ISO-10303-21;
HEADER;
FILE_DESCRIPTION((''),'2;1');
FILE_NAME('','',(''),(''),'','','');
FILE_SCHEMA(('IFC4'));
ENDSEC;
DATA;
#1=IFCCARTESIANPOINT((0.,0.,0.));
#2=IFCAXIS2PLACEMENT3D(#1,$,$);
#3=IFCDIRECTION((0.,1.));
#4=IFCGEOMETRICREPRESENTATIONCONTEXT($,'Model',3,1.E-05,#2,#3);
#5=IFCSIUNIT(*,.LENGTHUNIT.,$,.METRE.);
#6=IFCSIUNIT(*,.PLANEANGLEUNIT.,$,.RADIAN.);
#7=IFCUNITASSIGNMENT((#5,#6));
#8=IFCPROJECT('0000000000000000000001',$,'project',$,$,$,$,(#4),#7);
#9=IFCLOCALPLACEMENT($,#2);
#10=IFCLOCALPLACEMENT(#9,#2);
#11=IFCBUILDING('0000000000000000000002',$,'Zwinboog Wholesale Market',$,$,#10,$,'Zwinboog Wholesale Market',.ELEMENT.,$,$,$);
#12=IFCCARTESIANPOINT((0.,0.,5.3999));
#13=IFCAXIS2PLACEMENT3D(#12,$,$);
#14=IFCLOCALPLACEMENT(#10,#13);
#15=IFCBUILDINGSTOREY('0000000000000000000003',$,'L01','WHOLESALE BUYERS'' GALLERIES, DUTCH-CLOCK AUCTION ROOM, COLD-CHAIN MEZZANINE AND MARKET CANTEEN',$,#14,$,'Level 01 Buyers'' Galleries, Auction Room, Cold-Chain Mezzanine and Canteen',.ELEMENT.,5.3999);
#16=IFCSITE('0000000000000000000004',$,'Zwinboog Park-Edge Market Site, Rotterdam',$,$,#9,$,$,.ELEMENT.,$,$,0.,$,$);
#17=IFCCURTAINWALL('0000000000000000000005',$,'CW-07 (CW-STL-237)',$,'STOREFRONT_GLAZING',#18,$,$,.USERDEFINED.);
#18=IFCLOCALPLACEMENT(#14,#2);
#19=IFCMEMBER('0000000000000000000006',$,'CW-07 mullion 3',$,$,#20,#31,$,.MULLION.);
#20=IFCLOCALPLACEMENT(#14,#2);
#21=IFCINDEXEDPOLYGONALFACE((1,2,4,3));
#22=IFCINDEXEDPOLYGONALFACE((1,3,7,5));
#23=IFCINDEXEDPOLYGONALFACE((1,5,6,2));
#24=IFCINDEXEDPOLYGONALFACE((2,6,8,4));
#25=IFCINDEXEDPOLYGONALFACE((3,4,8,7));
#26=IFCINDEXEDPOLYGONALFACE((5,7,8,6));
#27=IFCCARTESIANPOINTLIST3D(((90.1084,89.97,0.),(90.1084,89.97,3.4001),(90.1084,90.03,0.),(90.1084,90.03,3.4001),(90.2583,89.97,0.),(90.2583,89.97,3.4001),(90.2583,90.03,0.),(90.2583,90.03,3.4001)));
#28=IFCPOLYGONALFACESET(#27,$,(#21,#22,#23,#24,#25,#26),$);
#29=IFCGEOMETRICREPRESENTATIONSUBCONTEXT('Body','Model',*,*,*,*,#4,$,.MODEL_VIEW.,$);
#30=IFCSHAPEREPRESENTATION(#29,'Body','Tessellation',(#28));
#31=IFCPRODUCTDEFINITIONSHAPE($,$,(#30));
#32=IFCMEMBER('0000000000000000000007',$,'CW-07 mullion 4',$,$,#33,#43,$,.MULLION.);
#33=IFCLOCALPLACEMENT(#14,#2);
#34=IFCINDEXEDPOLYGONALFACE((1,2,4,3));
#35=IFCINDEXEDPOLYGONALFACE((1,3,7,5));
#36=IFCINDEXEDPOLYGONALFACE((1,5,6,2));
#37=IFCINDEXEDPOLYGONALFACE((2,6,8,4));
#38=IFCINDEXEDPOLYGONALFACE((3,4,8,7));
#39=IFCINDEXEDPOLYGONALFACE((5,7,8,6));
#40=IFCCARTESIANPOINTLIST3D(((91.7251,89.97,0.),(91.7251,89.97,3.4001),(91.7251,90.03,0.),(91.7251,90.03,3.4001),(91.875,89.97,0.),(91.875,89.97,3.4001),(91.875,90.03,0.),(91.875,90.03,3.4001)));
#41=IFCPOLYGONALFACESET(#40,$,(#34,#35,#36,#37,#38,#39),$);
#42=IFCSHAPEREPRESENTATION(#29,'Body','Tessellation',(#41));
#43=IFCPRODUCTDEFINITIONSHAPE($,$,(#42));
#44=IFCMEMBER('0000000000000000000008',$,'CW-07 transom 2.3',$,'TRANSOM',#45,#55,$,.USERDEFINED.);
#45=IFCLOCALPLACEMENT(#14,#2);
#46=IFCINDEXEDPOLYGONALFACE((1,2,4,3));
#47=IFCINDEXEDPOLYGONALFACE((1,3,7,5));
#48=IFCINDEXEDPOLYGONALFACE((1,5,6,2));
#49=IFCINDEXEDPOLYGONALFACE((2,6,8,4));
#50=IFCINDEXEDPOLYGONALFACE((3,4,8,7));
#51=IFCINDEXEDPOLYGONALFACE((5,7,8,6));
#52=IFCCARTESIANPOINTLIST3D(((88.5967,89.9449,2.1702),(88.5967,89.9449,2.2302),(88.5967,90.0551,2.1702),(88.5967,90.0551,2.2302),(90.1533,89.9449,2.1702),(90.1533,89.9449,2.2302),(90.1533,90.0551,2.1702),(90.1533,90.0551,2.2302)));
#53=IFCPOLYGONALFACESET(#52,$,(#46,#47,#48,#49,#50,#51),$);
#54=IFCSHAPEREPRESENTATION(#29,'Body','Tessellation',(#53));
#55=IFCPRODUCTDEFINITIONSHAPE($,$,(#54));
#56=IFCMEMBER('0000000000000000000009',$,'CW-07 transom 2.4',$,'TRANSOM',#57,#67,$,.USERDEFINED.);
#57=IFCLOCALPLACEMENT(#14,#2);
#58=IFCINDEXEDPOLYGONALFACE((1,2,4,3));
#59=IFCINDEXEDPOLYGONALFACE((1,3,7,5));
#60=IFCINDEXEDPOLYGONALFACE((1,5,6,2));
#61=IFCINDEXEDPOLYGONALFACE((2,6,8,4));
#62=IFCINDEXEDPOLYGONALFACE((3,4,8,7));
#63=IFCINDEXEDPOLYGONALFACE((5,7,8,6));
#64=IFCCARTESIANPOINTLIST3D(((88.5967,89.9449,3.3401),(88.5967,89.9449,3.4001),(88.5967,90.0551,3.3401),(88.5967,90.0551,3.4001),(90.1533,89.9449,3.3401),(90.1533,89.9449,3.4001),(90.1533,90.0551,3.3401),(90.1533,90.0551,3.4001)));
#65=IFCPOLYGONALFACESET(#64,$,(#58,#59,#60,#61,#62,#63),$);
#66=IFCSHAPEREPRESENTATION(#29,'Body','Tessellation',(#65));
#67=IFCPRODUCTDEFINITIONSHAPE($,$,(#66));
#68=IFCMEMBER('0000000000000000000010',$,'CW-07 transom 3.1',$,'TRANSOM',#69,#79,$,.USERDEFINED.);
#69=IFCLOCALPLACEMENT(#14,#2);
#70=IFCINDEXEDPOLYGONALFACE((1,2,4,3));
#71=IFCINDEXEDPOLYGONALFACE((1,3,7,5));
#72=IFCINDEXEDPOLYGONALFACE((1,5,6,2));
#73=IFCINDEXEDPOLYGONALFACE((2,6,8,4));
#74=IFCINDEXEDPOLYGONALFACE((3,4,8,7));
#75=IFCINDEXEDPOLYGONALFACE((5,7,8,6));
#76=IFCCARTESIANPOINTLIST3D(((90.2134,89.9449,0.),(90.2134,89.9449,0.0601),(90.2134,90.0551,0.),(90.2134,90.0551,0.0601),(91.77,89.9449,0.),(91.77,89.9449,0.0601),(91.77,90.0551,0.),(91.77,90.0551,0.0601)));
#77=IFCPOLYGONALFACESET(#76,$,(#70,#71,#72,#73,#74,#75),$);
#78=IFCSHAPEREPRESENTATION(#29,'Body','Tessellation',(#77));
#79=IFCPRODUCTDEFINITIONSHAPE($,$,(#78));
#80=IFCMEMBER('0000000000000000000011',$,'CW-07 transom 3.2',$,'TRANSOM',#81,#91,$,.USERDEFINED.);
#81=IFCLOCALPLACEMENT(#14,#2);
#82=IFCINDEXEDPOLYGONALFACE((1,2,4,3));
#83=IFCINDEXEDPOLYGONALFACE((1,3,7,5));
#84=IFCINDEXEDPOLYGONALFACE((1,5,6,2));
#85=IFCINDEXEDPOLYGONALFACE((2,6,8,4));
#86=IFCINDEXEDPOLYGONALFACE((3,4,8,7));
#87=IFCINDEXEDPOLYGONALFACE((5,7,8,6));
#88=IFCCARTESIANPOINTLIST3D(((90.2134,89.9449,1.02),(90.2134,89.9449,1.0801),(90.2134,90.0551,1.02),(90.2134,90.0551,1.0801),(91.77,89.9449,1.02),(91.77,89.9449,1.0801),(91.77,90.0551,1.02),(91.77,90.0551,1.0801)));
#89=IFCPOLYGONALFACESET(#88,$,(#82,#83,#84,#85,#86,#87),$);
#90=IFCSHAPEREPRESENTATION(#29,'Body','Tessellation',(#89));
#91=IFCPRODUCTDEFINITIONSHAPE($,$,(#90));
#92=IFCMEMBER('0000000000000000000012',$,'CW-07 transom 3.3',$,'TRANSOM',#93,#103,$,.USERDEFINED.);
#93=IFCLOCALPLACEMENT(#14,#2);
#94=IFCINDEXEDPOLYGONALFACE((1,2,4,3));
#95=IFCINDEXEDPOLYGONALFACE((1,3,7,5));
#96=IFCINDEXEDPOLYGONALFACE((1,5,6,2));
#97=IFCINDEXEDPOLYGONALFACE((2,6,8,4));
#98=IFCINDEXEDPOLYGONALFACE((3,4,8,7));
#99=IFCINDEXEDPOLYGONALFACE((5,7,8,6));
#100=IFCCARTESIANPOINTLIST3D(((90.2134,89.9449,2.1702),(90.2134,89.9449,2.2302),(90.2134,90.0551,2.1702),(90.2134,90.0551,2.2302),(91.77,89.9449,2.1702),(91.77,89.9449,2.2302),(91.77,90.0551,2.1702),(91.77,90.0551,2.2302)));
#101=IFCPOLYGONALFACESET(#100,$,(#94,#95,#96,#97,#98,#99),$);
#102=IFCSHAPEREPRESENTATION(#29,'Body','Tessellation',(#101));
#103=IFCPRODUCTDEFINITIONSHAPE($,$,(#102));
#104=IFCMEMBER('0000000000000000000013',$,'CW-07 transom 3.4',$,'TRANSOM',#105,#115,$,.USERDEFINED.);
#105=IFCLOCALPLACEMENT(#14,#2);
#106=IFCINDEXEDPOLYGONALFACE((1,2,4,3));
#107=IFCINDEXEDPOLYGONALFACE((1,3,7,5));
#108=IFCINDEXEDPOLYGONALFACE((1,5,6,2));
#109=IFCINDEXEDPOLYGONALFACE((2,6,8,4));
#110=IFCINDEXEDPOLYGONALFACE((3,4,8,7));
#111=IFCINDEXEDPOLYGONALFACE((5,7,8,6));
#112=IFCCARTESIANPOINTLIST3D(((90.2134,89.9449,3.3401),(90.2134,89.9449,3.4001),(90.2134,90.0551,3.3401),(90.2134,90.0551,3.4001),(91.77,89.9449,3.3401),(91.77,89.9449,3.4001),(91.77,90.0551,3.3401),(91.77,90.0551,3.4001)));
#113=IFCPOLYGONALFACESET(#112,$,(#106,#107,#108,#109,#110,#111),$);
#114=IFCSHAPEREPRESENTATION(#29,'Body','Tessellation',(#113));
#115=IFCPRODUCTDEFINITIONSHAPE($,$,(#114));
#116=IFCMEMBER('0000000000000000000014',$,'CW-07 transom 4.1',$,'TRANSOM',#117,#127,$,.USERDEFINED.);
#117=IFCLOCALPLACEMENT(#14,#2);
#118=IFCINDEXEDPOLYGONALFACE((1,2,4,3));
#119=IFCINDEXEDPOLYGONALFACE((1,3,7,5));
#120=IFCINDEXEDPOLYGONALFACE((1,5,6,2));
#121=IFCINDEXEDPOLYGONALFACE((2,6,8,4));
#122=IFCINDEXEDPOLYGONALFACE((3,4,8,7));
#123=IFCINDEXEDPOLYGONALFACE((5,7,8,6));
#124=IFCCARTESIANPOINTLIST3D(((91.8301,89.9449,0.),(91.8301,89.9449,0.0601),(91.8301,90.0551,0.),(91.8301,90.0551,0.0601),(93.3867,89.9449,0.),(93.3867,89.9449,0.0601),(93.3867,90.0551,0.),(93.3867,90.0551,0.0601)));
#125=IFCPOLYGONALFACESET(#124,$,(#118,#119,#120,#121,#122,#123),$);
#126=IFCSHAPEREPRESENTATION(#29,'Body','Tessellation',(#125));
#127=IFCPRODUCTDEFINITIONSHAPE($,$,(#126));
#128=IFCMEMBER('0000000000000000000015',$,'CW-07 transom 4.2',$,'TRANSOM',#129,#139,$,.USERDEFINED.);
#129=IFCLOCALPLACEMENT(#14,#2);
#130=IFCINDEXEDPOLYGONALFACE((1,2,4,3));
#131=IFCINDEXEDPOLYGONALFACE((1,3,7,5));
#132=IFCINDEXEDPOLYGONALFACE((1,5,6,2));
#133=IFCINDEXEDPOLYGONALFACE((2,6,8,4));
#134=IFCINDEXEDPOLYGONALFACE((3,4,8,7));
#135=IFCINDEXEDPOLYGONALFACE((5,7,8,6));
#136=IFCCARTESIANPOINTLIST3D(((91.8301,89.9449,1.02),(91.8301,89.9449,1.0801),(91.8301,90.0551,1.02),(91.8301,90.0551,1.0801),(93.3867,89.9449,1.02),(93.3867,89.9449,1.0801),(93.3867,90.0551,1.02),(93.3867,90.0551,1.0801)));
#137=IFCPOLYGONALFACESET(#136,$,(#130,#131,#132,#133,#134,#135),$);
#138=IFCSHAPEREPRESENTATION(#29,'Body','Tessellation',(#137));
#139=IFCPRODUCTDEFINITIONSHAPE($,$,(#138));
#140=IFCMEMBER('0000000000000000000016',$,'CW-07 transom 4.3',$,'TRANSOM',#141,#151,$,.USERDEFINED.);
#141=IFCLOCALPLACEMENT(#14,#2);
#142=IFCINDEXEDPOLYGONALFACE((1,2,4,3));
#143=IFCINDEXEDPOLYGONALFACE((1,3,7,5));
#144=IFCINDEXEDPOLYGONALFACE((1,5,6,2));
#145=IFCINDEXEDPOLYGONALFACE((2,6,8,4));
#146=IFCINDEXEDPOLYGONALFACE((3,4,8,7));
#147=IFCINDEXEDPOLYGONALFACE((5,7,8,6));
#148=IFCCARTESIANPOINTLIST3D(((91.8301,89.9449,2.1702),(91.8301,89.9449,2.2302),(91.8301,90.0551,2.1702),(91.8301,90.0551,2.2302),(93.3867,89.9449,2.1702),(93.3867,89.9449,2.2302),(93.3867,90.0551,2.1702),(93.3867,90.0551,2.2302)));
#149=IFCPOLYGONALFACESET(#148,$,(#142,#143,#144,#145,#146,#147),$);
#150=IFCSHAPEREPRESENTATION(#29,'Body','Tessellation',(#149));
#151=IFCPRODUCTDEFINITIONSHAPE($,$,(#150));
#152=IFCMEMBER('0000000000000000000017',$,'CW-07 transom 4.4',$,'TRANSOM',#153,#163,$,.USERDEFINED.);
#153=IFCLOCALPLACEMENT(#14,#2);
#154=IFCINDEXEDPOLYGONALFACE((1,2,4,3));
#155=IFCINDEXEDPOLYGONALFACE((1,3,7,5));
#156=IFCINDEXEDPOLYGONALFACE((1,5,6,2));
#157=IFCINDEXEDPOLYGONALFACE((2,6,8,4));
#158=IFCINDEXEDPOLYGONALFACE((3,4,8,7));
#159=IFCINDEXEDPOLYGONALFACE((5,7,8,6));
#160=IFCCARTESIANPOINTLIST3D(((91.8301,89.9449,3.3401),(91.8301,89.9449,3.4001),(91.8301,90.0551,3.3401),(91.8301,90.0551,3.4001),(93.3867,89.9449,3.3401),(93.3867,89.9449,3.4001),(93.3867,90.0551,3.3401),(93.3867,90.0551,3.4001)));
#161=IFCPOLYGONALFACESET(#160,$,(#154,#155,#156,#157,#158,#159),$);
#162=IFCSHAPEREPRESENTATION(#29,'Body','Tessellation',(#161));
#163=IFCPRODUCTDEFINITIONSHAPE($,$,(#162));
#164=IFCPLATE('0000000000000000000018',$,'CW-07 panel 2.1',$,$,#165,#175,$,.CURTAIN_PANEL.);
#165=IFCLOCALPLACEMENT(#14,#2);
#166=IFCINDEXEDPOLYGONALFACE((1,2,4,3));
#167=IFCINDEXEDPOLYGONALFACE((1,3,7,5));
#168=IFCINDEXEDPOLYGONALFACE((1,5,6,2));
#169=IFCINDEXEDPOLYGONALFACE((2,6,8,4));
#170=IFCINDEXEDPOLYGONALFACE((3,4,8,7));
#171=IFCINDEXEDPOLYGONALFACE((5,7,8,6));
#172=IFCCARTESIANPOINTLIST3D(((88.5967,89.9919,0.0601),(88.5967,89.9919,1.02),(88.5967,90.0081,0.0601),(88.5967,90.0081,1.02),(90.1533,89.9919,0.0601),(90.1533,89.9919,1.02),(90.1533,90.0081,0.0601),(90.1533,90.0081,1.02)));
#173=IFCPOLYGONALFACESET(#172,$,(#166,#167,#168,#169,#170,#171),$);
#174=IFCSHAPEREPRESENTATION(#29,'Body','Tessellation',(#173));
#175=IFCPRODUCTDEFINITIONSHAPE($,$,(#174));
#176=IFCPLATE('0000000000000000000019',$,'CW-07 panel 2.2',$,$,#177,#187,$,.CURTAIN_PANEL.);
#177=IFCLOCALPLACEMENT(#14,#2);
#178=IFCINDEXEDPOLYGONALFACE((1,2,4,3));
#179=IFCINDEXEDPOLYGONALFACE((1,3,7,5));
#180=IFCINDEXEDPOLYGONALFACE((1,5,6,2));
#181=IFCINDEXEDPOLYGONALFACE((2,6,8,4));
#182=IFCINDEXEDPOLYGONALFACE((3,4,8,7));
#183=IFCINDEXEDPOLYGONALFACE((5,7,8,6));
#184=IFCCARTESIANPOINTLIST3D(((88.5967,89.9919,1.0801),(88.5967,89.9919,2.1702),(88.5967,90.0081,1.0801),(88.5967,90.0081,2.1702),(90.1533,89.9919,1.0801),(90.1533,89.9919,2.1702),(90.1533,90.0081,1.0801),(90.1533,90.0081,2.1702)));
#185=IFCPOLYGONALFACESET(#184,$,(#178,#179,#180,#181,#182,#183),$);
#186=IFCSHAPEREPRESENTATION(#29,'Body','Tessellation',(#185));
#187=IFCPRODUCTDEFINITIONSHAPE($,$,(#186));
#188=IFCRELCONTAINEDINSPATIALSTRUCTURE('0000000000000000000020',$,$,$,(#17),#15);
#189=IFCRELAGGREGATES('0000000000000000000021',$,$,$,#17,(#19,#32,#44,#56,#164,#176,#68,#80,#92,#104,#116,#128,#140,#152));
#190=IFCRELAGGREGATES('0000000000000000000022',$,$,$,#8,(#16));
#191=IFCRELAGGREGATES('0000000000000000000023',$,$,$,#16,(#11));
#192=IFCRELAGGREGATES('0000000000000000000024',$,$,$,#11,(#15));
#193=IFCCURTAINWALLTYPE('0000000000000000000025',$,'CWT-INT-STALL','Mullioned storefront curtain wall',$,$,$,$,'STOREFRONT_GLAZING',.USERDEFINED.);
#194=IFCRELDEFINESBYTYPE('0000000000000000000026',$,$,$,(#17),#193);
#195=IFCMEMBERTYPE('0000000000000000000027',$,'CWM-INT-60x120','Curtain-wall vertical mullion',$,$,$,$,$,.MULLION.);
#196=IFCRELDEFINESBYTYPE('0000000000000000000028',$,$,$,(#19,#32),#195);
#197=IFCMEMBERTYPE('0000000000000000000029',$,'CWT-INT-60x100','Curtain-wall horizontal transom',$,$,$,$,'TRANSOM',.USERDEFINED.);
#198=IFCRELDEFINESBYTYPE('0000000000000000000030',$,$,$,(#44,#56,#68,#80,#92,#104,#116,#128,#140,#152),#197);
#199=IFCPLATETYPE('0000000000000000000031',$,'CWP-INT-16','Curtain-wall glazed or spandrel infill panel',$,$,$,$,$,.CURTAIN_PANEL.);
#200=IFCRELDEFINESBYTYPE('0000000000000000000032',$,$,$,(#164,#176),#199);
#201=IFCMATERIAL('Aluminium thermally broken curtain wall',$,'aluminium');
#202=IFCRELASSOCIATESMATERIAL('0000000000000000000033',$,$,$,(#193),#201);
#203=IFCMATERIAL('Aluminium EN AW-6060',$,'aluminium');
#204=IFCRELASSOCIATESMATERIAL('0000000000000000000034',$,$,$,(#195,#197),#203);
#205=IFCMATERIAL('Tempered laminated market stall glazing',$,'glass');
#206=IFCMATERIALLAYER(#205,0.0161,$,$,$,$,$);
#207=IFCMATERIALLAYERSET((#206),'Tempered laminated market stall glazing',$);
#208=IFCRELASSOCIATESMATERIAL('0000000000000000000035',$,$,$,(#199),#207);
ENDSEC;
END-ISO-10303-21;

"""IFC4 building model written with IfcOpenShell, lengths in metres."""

from ifc_helpers import new_model, si_unit, direction, frame, origin, origin_2d, place, context, subcontext, project, spatial, rectangle, extrude, material, layer, layer_set, material_profile, profile_set, type_object, element, aggregate, save


model = new_model("IFC4")

# Units and contexts
model_context = context("Model", 3, precision=1e-05, world=origin(), true_north=direction((0.0, 1.0)))
body_context = subcontext(model_context, "Body", "Model", "MODEL_VIEW")
ifc_project = project(units=[si_unit("LENGTHUNIT", "METRE"), si_unit("PLANEANGLEUNIT", "RADIAN")], contexts=[model_context])

# Site, building, storey
site_placement = place(None, origin())
site = spatial("IfcSite", under=ifc_project, at=site_placement, Name="Zwinboog Park-Edge Market Site, Rotterdam", CompositionType="ELEMENT", RefElevation=0.0)
building_placement = place(site_placement, origin())
building = spatial("IfcBuilding", under=site, at=building_placement, Name="Zwinboog Wholesale Market", LongName="Zwinboog Wholesale Market", CompositionType="ELEMENT")
storey_placement = place(building_placement, frame((0.0, 0.0, 5.3999)))
storey = spatial("IfcBuildingStorey", under=building, at=storey_placement, Name="L01", Description="WHOLESALE BUYERS' GALLERIES, DUTCH-CLOCK AUCTION ROOM, COLD-CHAIN MEZZANINE AND MARKET CANTEEN", LongName="Level 01 Buyers' Galleries, Auction Room, Cold-Chain Mezzanine and Canteen", CompositionType="ELEMENT", Elevation=5.3999)

# Curtain wall, members, plates
ifc_material_1 = material(Name="Aluminium thermally broken curtain wall", Category="aluminium")
curtain_wall_type = type_object("IfcCurtainWallType", Name="CWT-INT-STALL", Description="Mullioned storefront curtain wall", ElementType="STOREFRONT_GLAZING", PredefinedType="USERDEFINED", material=ifc_material_1)
curtain_wall_placement = place(storey_placement, origin())
curtain_wall = element("IfcCurtainWall", 1, at=curtain_wall_placement, inside=storey, type_object=curtain_wall_type, Name="CW-07 (CW-STL-237)", ObjectType="STOREFRONT_GLAZING", PredefinedType="USERDEFINED")
ifc_material_2 = material(Name="Aluminium EN AW-6060", Category="aluminium")
ifc_material_profile_1 = material_profile(ifc_material_2, rectangle(XDim=0.0601, YDim=0.1499, at=origin_2d()), Name="AL 60x150")
ifc_profile_set_1 = profile_set([ifc_material_profile_1], Name="Aluminium EN AW-6060")
member_type_1 = type_object("IfcMemberType", Name="CWM-INT-60x120", Description="Curtain-wall vertical mullion", PredefinedType="MULLION", material=ifc_profile_set_1)
member_1_placement = place(storey_placement, frame((90.1833, 90.0, 0.0), z_axis=(0.0, 0.0, 1.0), x_axis=(0.0, 1.0, 0.0)))
member_1 = element("IfcMember", 2, at=member_1_placement, type_object=member_type_1, Name="CW-07 mullion 3", PredefinedType="MULLION", context=body_context, shape_type="SweptSolid", body=[
    extrude(rectangle(XDim=0.0601, YDim=0.1499, at=origin_2d()), origin(), (0.0, 0.0, 1.0), 3.4001),
])
member_2_placement = place(storey_placement, frame((91.8, 90.0, 0.0), z_axis=(0.0, 0.0, 1.0), x_axis=(0.0, 1.0, 0.0)))
member_2 = element("IfcMember", 3, at=member_2_placement, type_object=member_type_1, Name="CW-07 mullion 4", PredefinedType="MULLION", context=body_context, shape_type="SweptSolid", body=[
    extrude(rectangle(XDim=0.0601, YDim=0.1499, at=origin_2d()), origin(), (0.0, 0.0, 1.0), 3.4001),
])
ifc_material_profile_2 = material_profile(ifc_material_2, rectangle(XDim=0.1101, YDim=0.0601, at=origin_2d()), Name="AL 60x110")
ifc_profile_set_2 = profile_set([ifc_material_profile_2], Name="Aluminium EN AW-6060")
member_type_2 = type_object("IfcMemberType", Name="CWT-INT-60x100", Description="Curtain-wall horizontal transom", ElementType="TRANSOM", PredefinedType="USERDEFINED", material=ifc_profile_set_2)
member_3_placement = place(storey_placement, frame((88.5967, 90.0, 2.2002), z_axis=(1.0, 0.0, 0.0), x_axis=(0.0, 1.0, 0.0)))
member_3 = element("IfcMember", 4, at=member_3_placement, type_object=member_type_2, Name="CW-07 transom 2.3", ObjectType="TRANSOM", PredefinedType="USERDEFINED", context=body_context, shape_type="SweptSolid", body=[
    extrude(rectangle(XDim=0.1101, YDim=0.0601, at=origin_2d()), origin(), (0.0, 0.0, 1.0), 1.5566),
])
member_4_placement = place(storey_placement, frame((88.5967, 90.0, 3.3701), z_axis=(1.0, 0.0, 0.0), x_axis=(0.0, 1.0, 0.0)))
member_4 = element("IfcMember", 5, at=member_4_placement, type_object=member_type_2, Name="CW-07 transom 2.4", ObjectType="TRANSOM", PredefinedType="USERDEFINED", context=body_context, shape_type="SweptSolid", body=[
    extrude(rectangle(XDim=0.1101, YDim=0.0601, at=origin_2d()), origin(), (0.0, 0.0, 1.0), 1.5566),
])
member_5_placement = place(storey_placement, frame((90.2134, 90.0, 0.03), z_axis=(1.0, 0.0, 0.0), x_axis=(0.0, 1.0, 0.0)))
member_5 = element("IfcMember", 6, at=member_5_placement, type_object=member_type_2, Name="CW-07 transom 3.1", ObjectType="TRANSOM", PredefinedType="USERDEFINED", context=body_context, shape_type="SweptSolid", body=[
    extrude(rectangle(XDim=0.1101, YDim=0.0601, at=origin_2d()), origin(), (0.0, 0.0, 1.0), 1.5566),
])
member_6_placement = place(storey_placement, frame((90.2134, 90.0, 1.05), z_axis=(1.0, 0.0, 0.0), x_axis=(0.0, 1.0, 0.0)))
member_6 = element("IfcMember", 7, at=member_6_placement, type_object=member_type_2, Name="CW-07 transom 3.2", ObjectType="TRANSOM", PredefinedType="USERDEFINED", context=body_context, shape_type="SweptSolid", body=[
    extrude(rectangle(XDim=0.1101, YDim=0.0601, at=origin_2d()), origin(), (0.0, 0.0, 1.0), 1.5566),
])
member_7_placement = place(storey_placement, frame((90.2134, 90.0, 2.2002), z_axis=(1.0, 0.0, 0.0), x_axis=(0.0, 1.0, 0.0)))
member_7 = element("IfcMember", 8, at=member_7_placement, type_object=member_type_2, Name="CW-07 transom 3.3", ObjectType="TRANSOM", PredefinedType="USERDEFINED", context=body_context, shape_type="SweptSolid", body=[
    extrude(rectangle(XDim=0.1101, YDim=0.0601, at=origin_2d()), origin(), (0.0, 0.0, 1.0), 1.5566),
])
member_8_placement = place(storey_placement, frame((90.2134, 90.0, 3.3701), z_axis=(1.0, 0.0, 0.0), x_axis=(0.0, 1.0, 0.0)))
member_8 = element("IfcMember", 9, at=member_8_placement, type_object=member_type_2, Name="CW-07 transom 3.4", ObjectType="TRANSOM", PredefinedType="USERDEFINED", context=body_context, shape_type="SweptSolid", body=[
    extrude(rectangle(XDim=0.1101, YDim=0.0601, at=origin_2d()), origin(), (0.0, 0.0, 1.0), 1.5566),
])
member_9_placement = place(storey_placement, frame((91.8301, 90.0, 0.03), z_axis=(1.0, 0.0, 0.0), x_axis=(0.0, 1.0, 0.0)))
member_9 = element("IfcMember", 10, at=member_9_placement, type_object=member_type_2, Name="CW-07 transom 4.1", ObjectType="TRANSOM", PredefinedType="USERDEFINED", context=body_context, shape_type="SweptSolid", body=[
    extrude(rectangle(XDim=0.1101, YDim=0.0601, at=origin_2d()), origin(), (0.0, 0.0, 1.0), 1.5566),
])
member_10_placement = place(storey_placement, frame((91.8301, 90.0, 1.05), z_axis=(1.0, 0.0, 0.0), x_axis=(0.0, 1.0, 0.0)))
member_10 = element("IfcMember", 11, at=member_10_placement, type_object=member_type_2, Name="CW-07 transom 4.2", ObjectType="TRANSOM", PredefinedType="USERDEFINED", context=body_context, shape_type="SweptSolid", body=[
    extrude(rectangle(XDim=0.1101, YDim=0.0601, at=origin_2d()), origin(), (0.0, 0.0, 1.0), 1.5566),
])
member_11_placement = place(storey_placement, frame((91.8301, 90.0, 2.2002), z_axis=(1.0, 0.0, 0.0), x_axis=(0.0, 1.0, 0.0)))
member_11 = element("IfcMember", 12, at=member_11_placement, type_object=member_type_2, Name="CW-07 transom 4.3", ObjectType="TRANSOM", PredefinedType="USERDEFINED", context=body_context, shape_type="SweptSolid", body=[
    extrude(rectangle(XDim=0.1101, YDim=0.0601, at=origin_2d()), origin(), (0.0, 0.0, 1.0), 1.5566),
])
member_12_placement = place(storey_placement, frame((91.8301, 90.0, 3.3701), z_axis=(1.0, 0.0, 0.0), x_axis=(0.0, 1.0, 0.0)))
member_12 = element("IfcMember", 13, at=member_12_placement, type_object=member_type_2, Name="CW-07 transom 4.4", ObjectType="TRANSOM", PredefinedType="USERDEFINED", context=body_context, shape_type="SweptSolid", body=[
    extrude(rectangle(XDim=0.1101, YDim=0.0601, at=origin_2d()), origin(), (0.0, 0.0, 1.0), 1.5566),
])
ifc_material_3 = material(Name="Tempered laminated market stall glazing", Category="glass")
ifc_layer = layer(ifc_material_3, 0.0161)
ifc_layer_set = layer_set([ifc_layer], Name="Tempered laminated market stall glazing")
plate_type = type_object("IfcPlateType", Name="CWP-INT-16", Description="Curtain-wall glazed or spandrel infill panel", PredefinedType="CURTAIN_PANEL", material=ifc_layer_set)
plate_1_placement = place(storey_placement, frame((89.375, 90.0, 0.0601), z_axis=(0.0, 0.0, 1.0), x_axis=(1.0, 0.0, 0.0)))
plate_1 = element("IfcPlate", 14, at=plate_1_placement, type_object=plate_type, Name="CW-07 panel 2.1", PredefinedType="CURTAIN_PANEL", context=body_context, shape_type="SweptSolid", body=[
    extrude(rectangle(XDim=1.5566, YDim=0.0161, at=origin_2d()), origin(), (0.0, 0.0, 1.0), 0.96),
])
plate_2_placement = place(storey_placement, frame((89.375, 90.0, 1.0801), z_axis=(0.0, 0.0, 1.0), x_axis=(1.0, 0.0, 0.0)))
plate_2 = element("IfcPlate", 15, at=plate_2_placement, type_object=plate_type, Name="CW-07 panel 2.2", PredefinedType="CURTAIN_PANEL", context=body_context, shape_type="SweptSolid", body=[
    extrude(rectangle(XDim=1.5566, YDim=0.0161, at=origin_2d()), origin(), (0.0, 0.0, 1.0), 1.0901),
])
aggregate(curtain_wall, [member_1, member_2, member_3, member_4, plate_1, plate_2, member_5, member_6, member_7, member_8, member_9, member_10, member_11, member_12])

save(model, "model.ifc")
